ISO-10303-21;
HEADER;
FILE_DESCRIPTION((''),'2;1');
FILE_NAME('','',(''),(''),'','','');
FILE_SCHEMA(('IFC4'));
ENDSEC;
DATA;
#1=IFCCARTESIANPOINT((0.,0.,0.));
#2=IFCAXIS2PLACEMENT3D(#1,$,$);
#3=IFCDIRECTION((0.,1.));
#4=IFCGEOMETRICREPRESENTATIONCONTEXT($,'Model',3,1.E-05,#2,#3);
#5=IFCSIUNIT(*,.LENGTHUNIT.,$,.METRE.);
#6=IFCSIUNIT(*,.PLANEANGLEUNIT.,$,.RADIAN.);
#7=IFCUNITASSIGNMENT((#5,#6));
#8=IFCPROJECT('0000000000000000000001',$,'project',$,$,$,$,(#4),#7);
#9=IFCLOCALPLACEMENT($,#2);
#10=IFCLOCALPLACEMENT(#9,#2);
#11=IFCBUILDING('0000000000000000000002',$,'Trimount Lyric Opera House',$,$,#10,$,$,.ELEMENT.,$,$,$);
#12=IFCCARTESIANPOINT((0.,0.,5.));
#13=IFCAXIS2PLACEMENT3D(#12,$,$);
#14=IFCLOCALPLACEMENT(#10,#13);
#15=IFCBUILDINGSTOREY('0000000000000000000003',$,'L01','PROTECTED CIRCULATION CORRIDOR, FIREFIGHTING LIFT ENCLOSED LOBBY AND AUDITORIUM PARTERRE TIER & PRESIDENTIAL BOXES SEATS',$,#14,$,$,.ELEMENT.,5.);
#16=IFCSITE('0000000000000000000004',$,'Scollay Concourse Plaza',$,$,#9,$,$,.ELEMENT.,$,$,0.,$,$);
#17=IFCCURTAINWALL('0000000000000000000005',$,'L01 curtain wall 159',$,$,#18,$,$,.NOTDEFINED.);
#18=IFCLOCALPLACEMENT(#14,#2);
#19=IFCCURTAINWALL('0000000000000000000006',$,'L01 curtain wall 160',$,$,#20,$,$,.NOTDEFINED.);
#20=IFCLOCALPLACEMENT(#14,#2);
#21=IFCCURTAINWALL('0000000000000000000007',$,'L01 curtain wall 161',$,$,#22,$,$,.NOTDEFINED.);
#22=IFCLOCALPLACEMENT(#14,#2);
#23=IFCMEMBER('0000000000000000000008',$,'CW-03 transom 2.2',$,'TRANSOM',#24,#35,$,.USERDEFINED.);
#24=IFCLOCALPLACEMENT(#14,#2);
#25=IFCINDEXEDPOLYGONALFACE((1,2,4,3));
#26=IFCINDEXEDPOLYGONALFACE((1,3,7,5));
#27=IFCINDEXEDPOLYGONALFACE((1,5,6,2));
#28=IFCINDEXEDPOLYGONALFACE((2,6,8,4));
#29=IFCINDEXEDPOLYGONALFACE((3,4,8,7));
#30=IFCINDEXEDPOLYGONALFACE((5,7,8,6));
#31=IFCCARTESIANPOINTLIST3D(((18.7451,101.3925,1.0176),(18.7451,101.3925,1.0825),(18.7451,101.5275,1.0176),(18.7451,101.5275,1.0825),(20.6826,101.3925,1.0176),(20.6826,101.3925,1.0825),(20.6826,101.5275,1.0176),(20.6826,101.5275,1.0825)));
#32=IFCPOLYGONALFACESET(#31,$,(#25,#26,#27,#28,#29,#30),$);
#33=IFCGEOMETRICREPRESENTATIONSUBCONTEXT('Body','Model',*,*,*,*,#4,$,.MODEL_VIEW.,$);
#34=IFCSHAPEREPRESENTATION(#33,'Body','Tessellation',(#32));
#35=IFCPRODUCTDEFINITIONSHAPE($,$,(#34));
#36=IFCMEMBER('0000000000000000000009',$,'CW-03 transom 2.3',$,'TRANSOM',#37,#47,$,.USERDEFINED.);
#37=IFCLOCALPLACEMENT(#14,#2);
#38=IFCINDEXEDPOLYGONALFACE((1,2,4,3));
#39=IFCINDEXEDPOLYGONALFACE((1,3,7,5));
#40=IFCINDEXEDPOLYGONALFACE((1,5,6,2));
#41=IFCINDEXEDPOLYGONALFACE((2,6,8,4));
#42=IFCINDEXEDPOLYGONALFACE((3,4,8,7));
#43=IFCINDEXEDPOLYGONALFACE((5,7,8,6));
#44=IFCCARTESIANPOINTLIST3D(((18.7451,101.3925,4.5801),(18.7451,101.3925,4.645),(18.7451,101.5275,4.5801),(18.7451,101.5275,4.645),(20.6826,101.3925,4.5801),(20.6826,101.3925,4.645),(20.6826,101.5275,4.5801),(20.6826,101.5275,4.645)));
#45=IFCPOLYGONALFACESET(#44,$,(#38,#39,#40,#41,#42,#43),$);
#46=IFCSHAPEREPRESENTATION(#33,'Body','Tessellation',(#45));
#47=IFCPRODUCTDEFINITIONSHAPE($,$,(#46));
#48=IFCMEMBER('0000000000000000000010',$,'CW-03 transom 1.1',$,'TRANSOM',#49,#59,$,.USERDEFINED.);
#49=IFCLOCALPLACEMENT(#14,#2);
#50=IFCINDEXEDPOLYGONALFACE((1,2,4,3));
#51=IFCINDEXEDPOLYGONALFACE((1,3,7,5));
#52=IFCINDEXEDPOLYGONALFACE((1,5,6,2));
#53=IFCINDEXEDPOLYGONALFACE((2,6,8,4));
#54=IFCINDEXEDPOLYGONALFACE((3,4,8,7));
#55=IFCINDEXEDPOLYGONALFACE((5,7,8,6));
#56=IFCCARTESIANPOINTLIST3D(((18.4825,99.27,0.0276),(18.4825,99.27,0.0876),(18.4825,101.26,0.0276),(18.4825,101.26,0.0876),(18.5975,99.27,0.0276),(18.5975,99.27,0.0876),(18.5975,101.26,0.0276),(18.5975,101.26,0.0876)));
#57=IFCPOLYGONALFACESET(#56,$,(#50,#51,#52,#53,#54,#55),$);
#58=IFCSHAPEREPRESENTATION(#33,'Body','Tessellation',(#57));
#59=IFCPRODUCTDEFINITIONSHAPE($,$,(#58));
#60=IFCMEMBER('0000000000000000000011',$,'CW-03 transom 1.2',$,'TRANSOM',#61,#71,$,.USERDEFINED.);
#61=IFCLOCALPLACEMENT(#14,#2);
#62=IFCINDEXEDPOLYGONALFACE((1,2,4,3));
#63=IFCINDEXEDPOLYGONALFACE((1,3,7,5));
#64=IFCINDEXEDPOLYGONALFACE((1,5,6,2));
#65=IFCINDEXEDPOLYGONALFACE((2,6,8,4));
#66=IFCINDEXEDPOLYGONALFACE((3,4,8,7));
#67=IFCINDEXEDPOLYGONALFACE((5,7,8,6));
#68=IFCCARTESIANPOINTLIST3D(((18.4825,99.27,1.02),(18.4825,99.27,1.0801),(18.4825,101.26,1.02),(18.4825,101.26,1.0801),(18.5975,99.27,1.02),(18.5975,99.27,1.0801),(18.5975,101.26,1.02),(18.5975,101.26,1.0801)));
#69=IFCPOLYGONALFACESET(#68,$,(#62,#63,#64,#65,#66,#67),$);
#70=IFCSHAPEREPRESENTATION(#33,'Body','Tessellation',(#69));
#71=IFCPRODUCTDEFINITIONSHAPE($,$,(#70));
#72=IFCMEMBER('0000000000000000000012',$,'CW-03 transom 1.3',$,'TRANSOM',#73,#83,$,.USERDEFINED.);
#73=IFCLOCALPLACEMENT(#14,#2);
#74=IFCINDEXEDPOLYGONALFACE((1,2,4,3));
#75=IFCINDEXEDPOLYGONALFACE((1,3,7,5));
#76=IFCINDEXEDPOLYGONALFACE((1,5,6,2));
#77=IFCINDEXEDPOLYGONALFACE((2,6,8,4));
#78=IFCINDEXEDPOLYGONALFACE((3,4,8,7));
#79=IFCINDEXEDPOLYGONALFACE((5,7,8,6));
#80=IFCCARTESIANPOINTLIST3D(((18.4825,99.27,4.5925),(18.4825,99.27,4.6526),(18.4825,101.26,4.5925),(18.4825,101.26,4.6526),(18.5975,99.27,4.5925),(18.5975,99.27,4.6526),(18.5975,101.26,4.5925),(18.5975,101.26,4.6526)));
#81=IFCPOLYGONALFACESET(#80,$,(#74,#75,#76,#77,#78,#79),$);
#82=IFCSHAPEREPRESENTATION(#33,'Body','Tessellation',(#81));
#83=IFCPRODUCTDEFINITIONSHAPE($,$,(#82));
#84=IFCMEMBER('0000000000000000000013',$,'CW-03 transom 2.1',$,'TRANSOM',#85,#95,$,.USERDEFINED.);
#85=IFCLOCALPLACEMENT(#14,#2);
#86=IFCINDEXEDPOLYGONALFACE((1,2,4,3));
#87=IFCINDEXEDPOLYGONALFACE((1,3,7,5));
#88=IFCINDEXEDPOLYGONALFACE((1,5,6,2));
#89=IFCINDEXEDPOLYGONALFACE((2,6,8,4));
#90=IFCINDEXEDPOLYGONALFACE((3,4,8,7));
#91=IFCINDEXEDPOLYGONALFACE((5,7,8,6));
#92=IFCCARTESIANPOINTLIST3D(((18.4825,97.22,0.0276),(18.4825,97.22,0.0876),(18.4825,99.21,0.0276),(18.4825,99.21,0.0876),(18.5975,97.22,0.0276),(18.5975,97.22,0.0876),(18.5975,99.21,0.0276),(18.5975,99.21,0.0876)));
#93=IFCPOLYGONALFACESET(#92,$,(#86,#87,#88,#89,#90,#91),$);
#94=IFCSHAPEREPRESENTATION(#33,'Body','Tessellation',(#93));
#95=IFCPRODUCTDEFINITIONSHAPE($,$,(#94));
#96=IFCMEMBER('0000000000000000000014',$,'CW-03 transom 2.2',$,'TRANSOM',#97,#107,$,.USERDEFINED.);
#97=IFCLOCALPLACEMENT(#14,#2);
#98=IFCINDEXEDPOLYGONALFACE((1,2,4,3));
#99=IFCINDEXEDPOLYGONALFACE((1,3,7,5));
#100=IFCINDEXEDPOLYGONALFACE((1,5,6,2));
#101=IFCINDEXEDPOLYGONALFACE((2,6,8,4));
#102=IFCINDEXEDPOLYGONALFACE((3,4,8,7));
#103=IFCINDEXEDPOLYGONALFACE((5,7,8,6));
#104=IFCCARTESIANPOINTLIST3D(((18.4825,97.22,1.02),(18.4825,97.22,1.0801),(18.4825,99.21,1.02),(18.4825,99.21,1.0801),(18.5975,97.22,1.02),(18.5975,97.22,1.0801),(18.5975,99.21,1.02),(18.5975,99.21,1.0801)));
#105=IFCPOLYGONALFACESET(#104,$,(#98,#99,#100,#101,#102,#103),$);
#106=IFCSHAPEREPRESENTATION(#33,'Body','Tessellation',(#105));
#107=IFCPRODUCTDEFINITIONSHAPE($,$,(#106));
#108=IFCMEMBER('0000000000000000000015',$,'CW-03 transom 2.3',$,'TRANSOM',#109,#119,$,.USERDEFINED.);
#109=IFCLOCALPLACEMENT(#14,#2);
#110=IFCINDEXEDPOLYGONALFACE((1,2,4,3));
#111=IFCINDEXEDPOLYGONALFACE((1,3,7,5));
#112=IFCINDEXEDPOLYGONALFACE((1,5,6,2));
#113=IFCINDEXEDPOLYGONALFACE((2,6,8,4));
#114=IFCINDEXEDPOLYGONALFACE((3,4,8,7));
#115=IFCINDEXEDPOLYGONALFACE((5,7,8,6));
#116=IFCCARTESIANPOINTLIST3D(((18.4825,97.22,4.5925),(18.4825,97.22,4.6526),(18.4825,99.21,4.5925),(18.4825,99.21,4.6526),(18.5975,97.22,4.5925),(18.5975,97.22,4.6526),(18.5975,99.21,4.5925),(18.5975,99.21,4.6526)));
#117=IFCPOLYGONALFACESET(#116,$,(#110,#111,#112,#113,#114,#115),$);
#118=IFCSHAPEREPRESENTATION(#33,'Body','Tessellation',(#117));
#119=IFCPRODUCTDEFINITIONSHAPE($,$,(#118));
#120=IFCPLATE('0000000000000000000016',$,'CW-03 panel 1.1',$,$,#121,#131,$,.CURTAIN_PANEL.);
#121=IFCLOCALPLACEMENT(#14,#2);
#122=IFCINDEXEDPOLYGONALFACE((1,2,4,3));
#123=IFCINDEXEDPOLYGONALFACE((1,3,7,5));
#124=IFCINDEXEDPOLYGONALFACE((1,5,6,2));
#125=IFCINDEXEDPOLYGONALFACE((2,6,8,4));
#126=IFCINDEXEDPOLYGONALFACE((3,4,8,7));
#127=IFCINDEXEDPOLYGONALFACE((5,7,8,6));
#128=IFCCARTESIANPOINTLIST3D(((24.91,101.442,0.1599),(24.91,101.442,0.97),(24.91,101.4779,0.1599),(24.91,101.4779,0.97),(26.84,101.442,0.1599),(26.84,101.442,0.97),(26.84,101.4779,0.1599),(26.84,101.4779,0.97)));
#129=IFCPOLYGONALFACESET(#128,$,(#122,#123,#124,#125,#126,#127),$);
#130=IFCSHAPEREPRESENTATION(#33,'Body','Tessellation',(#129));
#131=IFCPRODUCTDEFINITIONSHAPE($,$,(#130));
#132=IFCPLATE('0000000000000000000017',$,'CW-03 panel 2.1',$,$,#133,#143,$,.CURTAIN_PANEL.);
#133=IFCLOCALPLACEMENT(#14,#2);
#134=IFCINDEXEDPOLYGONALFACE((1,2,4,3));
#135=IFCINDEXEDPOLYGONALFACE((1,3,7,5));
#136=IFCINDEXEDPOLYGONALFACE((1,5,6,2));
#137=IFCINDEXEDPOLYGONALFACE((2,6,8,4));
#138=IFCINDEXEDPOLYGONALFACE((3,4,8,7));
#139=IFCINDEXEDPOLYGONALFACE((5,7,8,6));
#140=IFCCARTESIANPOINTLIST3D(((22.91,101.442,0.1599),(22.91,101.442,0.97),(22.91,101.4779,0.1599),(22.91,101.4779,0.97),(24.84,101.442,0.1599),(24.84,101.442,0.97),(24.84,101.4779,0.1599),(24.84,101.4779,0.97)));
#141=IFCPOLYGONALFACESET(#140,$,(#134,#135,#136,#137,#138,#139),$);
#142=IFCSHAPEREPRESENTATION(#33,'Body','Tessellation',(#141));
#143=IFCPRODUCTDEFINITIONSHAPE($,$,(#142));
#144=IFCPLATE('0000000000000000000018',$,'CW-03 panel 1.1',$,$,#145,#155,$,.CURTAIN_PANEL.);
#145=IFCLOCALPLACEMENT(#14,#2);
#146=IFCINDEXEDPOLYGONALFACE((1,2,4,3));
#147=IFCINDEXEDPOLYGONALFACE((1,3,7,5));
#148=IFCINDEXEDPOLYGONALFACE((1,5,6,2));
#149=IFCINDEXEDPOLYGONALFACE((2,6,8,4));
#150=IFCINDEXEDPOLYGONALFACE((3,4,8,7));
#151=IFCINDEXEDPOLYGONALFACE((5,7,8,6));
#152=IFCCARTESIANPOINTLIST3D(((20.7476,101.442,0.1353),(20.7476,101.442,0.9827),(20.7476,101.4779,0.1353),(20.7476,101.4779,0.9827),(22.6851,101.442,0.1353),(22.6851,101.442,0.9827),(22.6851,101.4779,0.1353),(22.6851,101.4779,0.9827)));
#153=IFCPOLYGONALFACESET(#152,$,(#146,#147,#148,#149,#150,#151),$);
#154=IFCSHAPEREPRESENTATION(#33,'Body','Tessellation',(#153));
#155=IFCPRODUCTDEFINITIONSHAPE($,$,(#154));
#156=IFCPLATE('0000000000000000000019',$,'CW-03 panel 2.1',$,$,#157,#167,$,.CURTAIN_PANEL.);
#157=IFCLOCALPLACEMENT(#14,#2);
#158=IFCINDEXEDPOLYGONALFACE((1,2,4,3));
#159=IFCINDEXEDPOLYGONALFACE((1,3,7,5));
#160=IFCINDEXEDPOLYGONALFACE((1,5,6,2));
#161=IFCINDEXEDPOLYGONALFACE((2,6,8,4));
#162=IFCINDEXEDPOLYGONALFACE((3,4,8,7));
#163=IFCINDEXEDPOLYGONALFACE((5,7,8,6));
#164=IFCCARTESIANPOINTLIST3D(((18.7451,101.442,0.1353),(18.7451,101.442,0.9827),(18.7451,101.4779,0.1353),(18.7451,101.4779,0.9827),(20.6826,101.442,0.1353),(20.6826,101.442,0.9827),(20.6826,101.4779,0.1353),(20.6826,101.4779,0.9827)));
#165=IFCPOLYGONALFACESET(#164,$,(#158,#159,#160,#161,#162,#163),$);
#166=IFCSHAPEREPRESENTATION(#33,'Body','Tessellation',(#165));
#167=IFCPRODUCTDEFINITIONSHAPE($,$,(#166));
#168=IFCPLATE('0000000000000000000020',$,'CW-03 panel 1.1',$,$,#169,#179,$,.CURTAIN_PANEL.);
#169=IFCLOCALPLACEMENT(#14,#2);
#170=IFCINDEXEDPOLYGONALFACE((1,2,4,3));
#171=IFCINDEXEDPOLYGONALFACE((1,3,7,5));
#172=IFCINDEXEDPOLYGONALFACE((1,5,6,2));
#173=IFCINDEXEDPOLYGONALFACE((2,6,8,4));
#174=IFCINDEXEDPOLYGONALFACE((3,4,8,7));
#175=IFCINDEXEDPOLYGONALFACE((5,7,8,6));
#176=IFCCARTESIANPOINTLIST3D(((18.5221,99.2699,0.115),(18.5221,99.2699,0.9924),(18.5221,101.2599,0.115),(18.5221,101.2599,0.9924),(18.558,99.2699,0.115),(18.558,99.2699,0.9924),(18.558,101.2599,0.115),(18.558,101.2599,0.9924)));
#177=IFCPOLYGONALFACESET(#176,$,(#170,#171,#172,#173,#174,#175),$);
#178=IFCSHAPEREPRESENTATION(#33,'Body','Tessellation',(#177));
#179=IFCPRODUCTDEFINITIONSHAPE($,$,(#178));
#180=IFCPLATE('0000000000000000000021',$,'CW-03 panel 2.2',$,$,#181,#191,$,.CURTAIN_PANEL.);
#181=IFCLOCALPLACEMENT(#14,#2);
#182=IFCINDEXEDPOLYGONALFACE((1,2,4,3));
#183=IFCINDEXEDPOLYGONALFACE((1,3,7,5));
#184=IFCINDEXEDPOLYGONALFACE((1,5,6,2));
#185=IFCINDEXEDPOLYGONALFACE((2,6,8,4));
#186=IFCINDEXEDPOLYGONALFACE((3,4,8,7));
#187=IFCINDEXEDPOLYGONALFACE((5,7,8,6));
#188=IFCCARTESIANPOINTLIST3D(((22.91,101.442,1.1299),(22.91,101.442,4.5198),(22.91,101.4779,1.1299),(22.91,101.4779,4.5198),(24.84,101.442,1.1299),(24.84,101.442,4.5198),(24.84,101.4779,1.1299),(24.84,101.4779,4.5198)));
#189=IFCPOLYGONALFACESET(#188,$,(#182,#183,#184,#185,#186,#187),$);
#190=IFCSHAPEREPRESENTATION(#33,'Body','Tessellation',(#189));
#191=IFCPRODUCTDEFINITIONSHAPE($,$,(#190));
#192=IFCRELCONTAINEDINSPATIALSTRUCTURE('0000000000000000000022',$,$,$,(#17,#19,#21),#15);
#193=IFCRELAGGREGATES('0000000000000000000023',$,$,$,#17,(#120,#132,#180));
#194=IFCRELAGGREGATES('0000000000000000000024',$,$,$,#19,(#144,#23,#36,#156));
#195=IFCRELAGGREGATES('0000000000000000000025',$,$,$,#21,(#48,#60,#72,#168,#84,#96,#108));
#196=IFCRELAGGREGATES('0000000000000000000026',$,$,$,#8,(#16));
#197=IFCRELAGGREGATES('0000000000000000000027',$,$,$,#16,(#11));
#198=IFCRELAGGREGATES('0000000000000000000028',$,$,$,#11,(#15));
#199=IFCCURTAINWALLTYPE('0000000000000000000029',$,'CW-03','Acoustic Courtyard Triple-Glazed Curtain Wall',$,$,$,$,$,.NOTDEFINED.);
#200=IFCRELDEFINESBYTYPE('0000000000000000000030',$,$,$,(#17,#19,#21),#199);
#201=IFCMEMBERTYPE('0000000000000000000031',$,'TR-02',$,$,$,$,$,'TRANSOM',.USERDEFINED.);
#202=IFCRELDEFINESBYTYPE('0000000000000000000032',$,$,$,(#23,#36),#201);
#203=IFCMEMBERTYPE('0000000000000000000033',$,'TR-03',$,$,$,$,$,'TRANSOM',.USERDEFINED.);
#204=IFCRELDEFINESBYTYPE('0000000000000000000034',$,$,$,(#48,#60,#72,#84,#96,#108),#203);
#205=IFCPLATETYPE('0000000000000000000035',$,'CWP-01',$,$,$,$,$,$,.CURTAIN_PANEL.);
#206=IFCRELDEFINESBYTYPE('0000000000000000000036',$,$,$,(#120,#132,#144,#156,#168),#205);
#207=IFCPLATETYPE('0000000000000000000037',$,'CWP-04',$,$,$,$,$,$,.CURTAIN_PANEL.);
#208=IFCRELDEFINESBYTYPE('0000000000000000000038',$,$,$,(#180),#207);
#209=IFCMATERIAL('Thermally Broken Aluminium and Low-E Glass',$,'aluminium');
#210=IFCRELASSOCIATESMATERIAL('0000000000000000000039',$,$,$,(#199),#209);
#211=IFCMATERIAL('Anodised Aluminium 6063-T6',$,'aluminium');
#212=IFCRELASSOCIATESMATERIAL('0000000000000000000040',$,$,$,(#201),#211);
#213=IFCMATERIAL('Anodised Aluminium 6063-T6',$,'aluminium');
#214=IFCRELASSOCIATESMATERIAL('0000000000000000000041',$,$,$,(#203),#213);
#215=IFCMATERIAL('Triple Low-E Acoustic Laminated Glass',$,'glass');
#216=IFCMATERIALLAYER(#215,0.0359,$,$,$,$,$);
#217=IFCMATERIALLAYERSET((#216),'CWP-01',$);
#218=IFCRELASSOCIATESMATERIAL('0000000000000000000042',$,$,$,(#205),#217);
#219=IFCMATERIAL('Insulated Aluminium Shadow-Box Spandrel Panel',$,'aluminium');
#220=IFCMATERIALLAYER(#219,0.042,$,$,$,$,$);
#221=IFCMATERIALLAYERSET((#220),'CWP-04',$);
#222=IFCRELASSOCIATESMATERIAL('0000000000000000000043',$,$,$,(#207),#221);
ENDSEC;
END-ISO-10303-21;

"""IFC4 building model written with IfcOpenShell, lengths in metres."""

from ifc_helpers import new_model, si_unit, direction, frame, origin, origin_2d, place, context, subcontext, project, spatial, rectangle, extrude, material, layer, layer_set, material_profile, profile_set, type_object, element, aggregate, save


model = new_model("IFC4")

# Units and contexts
model_context = context("Model", 3, precision=1e-05, world=origin(), true_north=direction((0.0, 1.0)))
body_context = subcontext(model_context, "Body", "Model", "MODEL_VIEW")
ifc_project = project(units=[si_unit("LENGTHUNIT", "METRE"), si_unit("PLANEANGLEUNIT", "RADIAN")], contexts=[model_context])

# Site, building, storey
site_placement = place(None, origin())
site = spatial("IfcSite", under=ifc_project, at=site_placement, Name="Scollay Concourse Plaza", CompositionType="ELEMENT", RefElevation=0.0)
building_placement = place(site_placement, origin())
building = spatial("IfcBuilding", under=site, at=building_placement, Name="Trimount Lyric Opera House", CompositionType="ELEMENT")
storey_placement = place(building_placement, frame((0.0, 0.0, 5.0)))
storey = spatial("IfcBuildingStorey", under=building, at=storey_placement, Name="L01", Description="PROTECTED CIRCULATION CORRIDOR, FIREFIGHTING LIFT ENCLOSED LOBBY AND AUDITORIUM PARTERRE TIER & PRESIDENTIAL BOXES SEATS", CompositionType="ELEMENT", Elevation=5.0)

# Curtain walls
ifc_material_1 = material(Name="Thermally Broken Aluminium and Low-E Glass", Category="aluminium")
curtain_wall_type = type_object("IfcCurtainWallType", Name="CW-03", Description="Acoustic Courtyard Triple-Glazed Curtain Wall", PredefinedType="NOTDEFINED", material=ifc_material_1)
curtain_wall_1_placement = place(storey_placement, origin())
curtain_wall_1 = element("IfcCurtainWall", 1, at=curtain_wall_1_placement, inside=storey, type_object=curtain_wall_type, Name="L01 curtain wall 159", PredefinedType="NOTDEFINED")
curtain_wall_2_placement = place(storey_placement, origin())
curtain_wall_2 = element("IfcCurtainWall", 2, at=curtain_wall_2_placement, inside=storey, type_object=curtain_wall_type, Name="L01 curtain wall 160", PredefinedType="NOTDEFINED")
curtain_wall_3_placement = place(storey_placement, origin())
curtain_wall_3 = element("IfcCurtainWall", 3, at=curtain_wall_3_placement, inside=storey, type_object=curtain_wall_type, Name="L01 curtain wall 161", PredefinedType="NOTDEFINED")

# Members
ifc_material_2 = material(Name="Anodised Aluminium 6063-T6", Category="aluminium")
ifc_material_profile_1 = material_profile(ifc_material_2, rectangle(XDim=0.135, YDim=0.0649, at=origin_2d()), Name="ALU-TRAN-65X135")
ifc_profile_set_1 = profile_set([ifc_material_profile_1], Name="Anodised Aluminium 6063-T6")
member_type_1 = type_object("IfcMemberType", Name="TR-02", ElementType="TRANSOM", PredefinedType="USERDEFINED", material=ifc_profile_set_1)
member_1_placement = place(storey_placement, frame((20.6826, 101.46, 1.05), z_axis=(-1.0, 0.0, 0.0), x_axis=(0.0, -1.0, 0.0)))
member_1 = element("IfcMember", 4, at=member_1_placement, type_object=member_type_1, Name="CW-03 transom 2.2", ObjectType="TRANSOM", PredefinedType="USERDEFINED", context=body_context, shape_type="SweptSolid", body=[
    extrude(rectangle(XDim=0.135, YDim=0.0649, at=origin_2d()), origin(), (0.0, 0.0, 1.0), 1.9375),
])
member_2_placement = place(storey_placement, frame((20.6826, 101.46, 4.6125), z_axis=(-1.0, 0.0, 0.0), x_axis=(0.0, -1.0, 0.0)))
member_2 = element("IfcMember", 5, at=member_2_placement, type_object=member_type_1, Name="CW-03 transom 2.3", ObjectType="TRANSOM", PredefinedType="USERDEFINED", context=body_context, shape_type="SweptSolid", body=[
    extrude(rectangle(XDim=0.135, YDim=0.0649, at=origin_2d()), origin(), (0.0, 0.0, 1.0), 1.9375),
])
ifc_material_3 = material(Name="Anodised Aluminium 6063-T6", Category="aluminium")
ifc_material_profile_2 = material_profile(ifc_material_3, rectangle(XDim=0.115, YDim=0.0601, at=origin_2d()), Name="ALU-TRAN-60X115")
ifc_profile_set_2 = profile_set([ifc_material_profile_2], Name="Anodised Aluminium 6063-T6")
member_type_2 = type_object("IfcMemberType", Name="TR-03", ElementType="TRANSOM", PredefinedType="USERDEFINED", material=ifc_profile_set_2)
member_3_placement = place(storey_placement, frame((18.54, 101.26, 0.0576), z_axis=(0.0, -1.0, 0.0), x_axis=(1.0, 0.0, 0.0)))
member_3 = element("IfcMember", 6, at=member_3_placement, type_object=member_type_2, Name="CW-03 transom 1.1", ObjectType="TRANSOM", PredefinedType="USERDEFINED", context=body_context, shape_type="SweptSolid", body=[
    extrude(rectangle(XDim=0.115, YDim=0.0601, at=origin_2d()), origin(), (0.0, 0.0, 1.0), 1.99),
])
member_4_placement = place(storey_placement, frame((18.54, 101.26, 1.05), z_axis=(0.0, -1.0, 0.0), x_axis=(1.0, 0.0, 0.0)))
member_4 = element("IfcMember", 7, at=member_4_placement, type_object=member_type_2, Name="CW-03 transom 1.2", ObjectType="TRANSOM", PredefinedType="USERDEFINED", context=body_context, shape_type="SweptSolid", body=[
    extrude(rectangle(XDim=0.115, YDim=0.0601, at=origin_2d()), origin(), (0.0, 0.0, 1.0), 1.99),
])
member_5_placement = place(storey_placement, frame((18.54, 101.26, 4.6226), z_axis=(0.0, -1.0, 0.0), x_axis=(1.0, 0.0, 0.0)))
member_5 = element("IfcMember", 8, at=member_5_placement, type_object=member_type_2, Name="CW-03 transom 1.3", ObjectType="TRANSOM", PredefinedType="USERDEFINED", context=body_context, shape_type="SweptSolid", body=[
    extrude(rectangle(XDim=0.115, YDim=0.0601, at=origin_2d()), origin(), (0.0, 0.0, 1.0), 1.99),
])
member_6_placement = place(storey_placement, frame((18.54, 99.21, 0.0576), z_axis=(0.0, -1.0, 0.0), x_axis=(1.0, 0.0, 0.0)))
member_6 = element("IfcMember", 9, at=member_6_placement, type_object=member_type_2, Name="CW-03 transom 2.1", ObjectType="TRANSOM", PredefinedType="USERDEFINED", context=body_context, shape_type="SweptSolid", body=[
    extrude(rectangle(XDim=0.115, YDim=0.0601, at=origin_2d()), origin(), (0.0, 0.0, 1.0), 1.99),
])
member_7_placement = place(storey_placement, frame((18.54, 99.21, 1.05), z_axis=(0.0, -1.0, 0.0), x_axis=(1.0, 0.0, 0.0)))
member_7 = element("IfcMember", 10, at=member_7_placement, type_object=member_type_2, Name="CW-03 transom 2.2", ObjectType="TRANSOM", PredefinedType="USERDEFINED", context=body_context, shape_type="SweptSolid", body=[
    extrude(rectangle(XDim=0.115, YDim=0.0601, at=origin_2d()), origin(), (0.0, 0.0, 1.0), 1.99),
])
member_8_placement = place(storey_placement, frame((18.54, 99.21, 4.6226), z_axis=(0.0, -1.0, 0.0), x_axis=(1.0, 0.0, 0.0)))
member_8 = element("IfcMember", 11, at=member_8_placement, type_object=member_type_2, Name="CW-03 transom 2.3", ObjectType="TRANSOM", PredefinedType="USERDEFINED", context=body_context, shape_type="SweptSolid", body=[
    extrude(rectangle(XDim=0.115, YDim=0.0601, at=origin_2d()), origin(), (0.0, 0.0, 1.0), 1.99),
])

# Plates
ifc_material_4 = material(Name="Triple Low-E Acoustic Laminated Glass", Category="glass")
ifc_layer_1 = layer(ifc_material_4, 0.0359)
ifc_layer_set_1 = layer_set([ifc_layer_1], Name="CWP-01")
plate_type_1 = type_object("IfcPlateType", Name="CWP-01", PredefinedType="CURTAIN_PANEL", material=ifc_layer_set_1)
plate_1_placement = place(storey_placement, frame((25.875, 101.46, 0.1599), z_axis=(0.0, 0.0, 1.0), x_axis=(-1.0, 0.0, 0.0)))
plate_1 = element("IfcPlate", 12, at=plate_1_placement, type_object=plate_type_1, Name="CW-03 panel 1.1", PredefinedType="CURTAIN_PANEL", context=body_context, shape_type="SweptSolid", body=[
    extrude(rectangle(XDim=1.9299, YDim=0.0359, at=origin_2d()), origin(), (0.0, 0.0, 1.0), 0.8101),
])
plate_2_placement = place(storey_placement, frame((23.875, 101.46, 0.1599), z_axis=(0.0, 0.0, 1.0), x_axis=(-1.0, 0.0, 0.0)))
plate_2 = element("IfcPlate", 13, at=plate_2_placement, type_object=plate_type_1, Name="CW-03 panel 2.1", PredefinedType="CURTAIN_PANEL", context=body_context, shape_type="SweptSolid", body=[
    extrude(rectangle(XDim=1.9299, YDim=0.0359, at=origin_2d()), origin(), (0.0, 0.0, 1.0), 0.8101),
])
plate_3_placement = place(storey_placement, frame((21.7163, 101.46, 0.1353), z_axis=(0.0, 0.0, 1.0), x_axis=(-1.0, 0.0, 0.0)))
plate_3 = element("IfcPlate", 14, at=plate_3_placement, type_object=plate_type_1, Name="CW-03 panel 1.1", PredefinedType="CURTAIN_PANEL", context=body_context, shape_type="SweptSolid", body=[
    extrude(rectangle(XDim=1.9375, YDim=0.0359, at=origin_2d()), origin(), (0.0, 0.0, 1.0), 0.8474),
])
plate_4_placement = place(storey_placement, frame((19.7139, 101.46, 0.1353), z_axis=(0.0, 0.0, 1.0), x_axis=(-1.0, 0.0, 0.0)))
plate_4 = element("IfcPlate", 15, at=plate_4_placement, type_object=plate_type_1, Name="CW-03 panel 2.1", PredefinedType="CURTAIN_PANEL", context=body_context, shape_type="SweptSolid", body=[
    extrude(rectangle(XDim=1.9375, YDim=0.0359, at=origin_2d()), origin(), (0.0, 0.0, 1.0), 0.8474),
])
plate_5_placement = place(storey_placement, frame((18.54, 100.2649, 0.115), z_axis=(0.0, 0.0, 1.0), x_axis=(0.0, -1.0, 0.0)))
plate_5 = element("IfcPlate", 16, at=plate_5_placement, type_object=plate_type_1, Name="CW-03 panel 1.1", PredefinedType="CURTAIN_PANEL", context=body_context, shape_type="SweptSolid", body=[
    extrude(rectangle(XDim=1.99, YDim=0.0359, at=origin_2d()), origin(), (0.0, 0.0, 1.0), 0.8774),
])
ifc_material_5 = material(Name="Insulated Aluminium Shadow-Box Spandrel Panel", Category="aluminium")
ifc_layer_2 = layer(ifc_material_5, 0.042)
ifc_layer_set_2 = layer_set([ifc_layer_2], Name="CWP-04")
plate_type_2 = type_object("IfcPlateType", Name="CWP-04", PredefinedType="CURTAIN_PANEL", material=ifc_layer_set_2)
plate_6_placement = place(storey_placement, frame((23.875, 101.46, 1.1299), z_axis=(0.0, 0.0, 1.0), x_axis=(-1.0, 0.0, 0.0)))
plate_6 = element("IfcPlate", 17, at=plate_6_placement, type_object=plate_type_2, Name="CW-03 panel 2.2", PredefinedType="CURTAIN_PANEL", context=body_context, shape_type="SweptSolid", body=[
    extrude(rectangle(XDim=1.9299, YDim=0.0359, at=origin_2d()), origin(), (0.0, 0.0, 1.0), 3.3899),
])
aggregate(curtain_wall_1, [plate_1, plate_2, plate_6])
aggregate(curtain_wall_2, [plate_3, member_1, member_2, plate_4])
aggregate(curtain_wall_3, [member_3, member_4, member_5, plate_5, member_6, member_7, member_8])

save(model, "model.ifc")
